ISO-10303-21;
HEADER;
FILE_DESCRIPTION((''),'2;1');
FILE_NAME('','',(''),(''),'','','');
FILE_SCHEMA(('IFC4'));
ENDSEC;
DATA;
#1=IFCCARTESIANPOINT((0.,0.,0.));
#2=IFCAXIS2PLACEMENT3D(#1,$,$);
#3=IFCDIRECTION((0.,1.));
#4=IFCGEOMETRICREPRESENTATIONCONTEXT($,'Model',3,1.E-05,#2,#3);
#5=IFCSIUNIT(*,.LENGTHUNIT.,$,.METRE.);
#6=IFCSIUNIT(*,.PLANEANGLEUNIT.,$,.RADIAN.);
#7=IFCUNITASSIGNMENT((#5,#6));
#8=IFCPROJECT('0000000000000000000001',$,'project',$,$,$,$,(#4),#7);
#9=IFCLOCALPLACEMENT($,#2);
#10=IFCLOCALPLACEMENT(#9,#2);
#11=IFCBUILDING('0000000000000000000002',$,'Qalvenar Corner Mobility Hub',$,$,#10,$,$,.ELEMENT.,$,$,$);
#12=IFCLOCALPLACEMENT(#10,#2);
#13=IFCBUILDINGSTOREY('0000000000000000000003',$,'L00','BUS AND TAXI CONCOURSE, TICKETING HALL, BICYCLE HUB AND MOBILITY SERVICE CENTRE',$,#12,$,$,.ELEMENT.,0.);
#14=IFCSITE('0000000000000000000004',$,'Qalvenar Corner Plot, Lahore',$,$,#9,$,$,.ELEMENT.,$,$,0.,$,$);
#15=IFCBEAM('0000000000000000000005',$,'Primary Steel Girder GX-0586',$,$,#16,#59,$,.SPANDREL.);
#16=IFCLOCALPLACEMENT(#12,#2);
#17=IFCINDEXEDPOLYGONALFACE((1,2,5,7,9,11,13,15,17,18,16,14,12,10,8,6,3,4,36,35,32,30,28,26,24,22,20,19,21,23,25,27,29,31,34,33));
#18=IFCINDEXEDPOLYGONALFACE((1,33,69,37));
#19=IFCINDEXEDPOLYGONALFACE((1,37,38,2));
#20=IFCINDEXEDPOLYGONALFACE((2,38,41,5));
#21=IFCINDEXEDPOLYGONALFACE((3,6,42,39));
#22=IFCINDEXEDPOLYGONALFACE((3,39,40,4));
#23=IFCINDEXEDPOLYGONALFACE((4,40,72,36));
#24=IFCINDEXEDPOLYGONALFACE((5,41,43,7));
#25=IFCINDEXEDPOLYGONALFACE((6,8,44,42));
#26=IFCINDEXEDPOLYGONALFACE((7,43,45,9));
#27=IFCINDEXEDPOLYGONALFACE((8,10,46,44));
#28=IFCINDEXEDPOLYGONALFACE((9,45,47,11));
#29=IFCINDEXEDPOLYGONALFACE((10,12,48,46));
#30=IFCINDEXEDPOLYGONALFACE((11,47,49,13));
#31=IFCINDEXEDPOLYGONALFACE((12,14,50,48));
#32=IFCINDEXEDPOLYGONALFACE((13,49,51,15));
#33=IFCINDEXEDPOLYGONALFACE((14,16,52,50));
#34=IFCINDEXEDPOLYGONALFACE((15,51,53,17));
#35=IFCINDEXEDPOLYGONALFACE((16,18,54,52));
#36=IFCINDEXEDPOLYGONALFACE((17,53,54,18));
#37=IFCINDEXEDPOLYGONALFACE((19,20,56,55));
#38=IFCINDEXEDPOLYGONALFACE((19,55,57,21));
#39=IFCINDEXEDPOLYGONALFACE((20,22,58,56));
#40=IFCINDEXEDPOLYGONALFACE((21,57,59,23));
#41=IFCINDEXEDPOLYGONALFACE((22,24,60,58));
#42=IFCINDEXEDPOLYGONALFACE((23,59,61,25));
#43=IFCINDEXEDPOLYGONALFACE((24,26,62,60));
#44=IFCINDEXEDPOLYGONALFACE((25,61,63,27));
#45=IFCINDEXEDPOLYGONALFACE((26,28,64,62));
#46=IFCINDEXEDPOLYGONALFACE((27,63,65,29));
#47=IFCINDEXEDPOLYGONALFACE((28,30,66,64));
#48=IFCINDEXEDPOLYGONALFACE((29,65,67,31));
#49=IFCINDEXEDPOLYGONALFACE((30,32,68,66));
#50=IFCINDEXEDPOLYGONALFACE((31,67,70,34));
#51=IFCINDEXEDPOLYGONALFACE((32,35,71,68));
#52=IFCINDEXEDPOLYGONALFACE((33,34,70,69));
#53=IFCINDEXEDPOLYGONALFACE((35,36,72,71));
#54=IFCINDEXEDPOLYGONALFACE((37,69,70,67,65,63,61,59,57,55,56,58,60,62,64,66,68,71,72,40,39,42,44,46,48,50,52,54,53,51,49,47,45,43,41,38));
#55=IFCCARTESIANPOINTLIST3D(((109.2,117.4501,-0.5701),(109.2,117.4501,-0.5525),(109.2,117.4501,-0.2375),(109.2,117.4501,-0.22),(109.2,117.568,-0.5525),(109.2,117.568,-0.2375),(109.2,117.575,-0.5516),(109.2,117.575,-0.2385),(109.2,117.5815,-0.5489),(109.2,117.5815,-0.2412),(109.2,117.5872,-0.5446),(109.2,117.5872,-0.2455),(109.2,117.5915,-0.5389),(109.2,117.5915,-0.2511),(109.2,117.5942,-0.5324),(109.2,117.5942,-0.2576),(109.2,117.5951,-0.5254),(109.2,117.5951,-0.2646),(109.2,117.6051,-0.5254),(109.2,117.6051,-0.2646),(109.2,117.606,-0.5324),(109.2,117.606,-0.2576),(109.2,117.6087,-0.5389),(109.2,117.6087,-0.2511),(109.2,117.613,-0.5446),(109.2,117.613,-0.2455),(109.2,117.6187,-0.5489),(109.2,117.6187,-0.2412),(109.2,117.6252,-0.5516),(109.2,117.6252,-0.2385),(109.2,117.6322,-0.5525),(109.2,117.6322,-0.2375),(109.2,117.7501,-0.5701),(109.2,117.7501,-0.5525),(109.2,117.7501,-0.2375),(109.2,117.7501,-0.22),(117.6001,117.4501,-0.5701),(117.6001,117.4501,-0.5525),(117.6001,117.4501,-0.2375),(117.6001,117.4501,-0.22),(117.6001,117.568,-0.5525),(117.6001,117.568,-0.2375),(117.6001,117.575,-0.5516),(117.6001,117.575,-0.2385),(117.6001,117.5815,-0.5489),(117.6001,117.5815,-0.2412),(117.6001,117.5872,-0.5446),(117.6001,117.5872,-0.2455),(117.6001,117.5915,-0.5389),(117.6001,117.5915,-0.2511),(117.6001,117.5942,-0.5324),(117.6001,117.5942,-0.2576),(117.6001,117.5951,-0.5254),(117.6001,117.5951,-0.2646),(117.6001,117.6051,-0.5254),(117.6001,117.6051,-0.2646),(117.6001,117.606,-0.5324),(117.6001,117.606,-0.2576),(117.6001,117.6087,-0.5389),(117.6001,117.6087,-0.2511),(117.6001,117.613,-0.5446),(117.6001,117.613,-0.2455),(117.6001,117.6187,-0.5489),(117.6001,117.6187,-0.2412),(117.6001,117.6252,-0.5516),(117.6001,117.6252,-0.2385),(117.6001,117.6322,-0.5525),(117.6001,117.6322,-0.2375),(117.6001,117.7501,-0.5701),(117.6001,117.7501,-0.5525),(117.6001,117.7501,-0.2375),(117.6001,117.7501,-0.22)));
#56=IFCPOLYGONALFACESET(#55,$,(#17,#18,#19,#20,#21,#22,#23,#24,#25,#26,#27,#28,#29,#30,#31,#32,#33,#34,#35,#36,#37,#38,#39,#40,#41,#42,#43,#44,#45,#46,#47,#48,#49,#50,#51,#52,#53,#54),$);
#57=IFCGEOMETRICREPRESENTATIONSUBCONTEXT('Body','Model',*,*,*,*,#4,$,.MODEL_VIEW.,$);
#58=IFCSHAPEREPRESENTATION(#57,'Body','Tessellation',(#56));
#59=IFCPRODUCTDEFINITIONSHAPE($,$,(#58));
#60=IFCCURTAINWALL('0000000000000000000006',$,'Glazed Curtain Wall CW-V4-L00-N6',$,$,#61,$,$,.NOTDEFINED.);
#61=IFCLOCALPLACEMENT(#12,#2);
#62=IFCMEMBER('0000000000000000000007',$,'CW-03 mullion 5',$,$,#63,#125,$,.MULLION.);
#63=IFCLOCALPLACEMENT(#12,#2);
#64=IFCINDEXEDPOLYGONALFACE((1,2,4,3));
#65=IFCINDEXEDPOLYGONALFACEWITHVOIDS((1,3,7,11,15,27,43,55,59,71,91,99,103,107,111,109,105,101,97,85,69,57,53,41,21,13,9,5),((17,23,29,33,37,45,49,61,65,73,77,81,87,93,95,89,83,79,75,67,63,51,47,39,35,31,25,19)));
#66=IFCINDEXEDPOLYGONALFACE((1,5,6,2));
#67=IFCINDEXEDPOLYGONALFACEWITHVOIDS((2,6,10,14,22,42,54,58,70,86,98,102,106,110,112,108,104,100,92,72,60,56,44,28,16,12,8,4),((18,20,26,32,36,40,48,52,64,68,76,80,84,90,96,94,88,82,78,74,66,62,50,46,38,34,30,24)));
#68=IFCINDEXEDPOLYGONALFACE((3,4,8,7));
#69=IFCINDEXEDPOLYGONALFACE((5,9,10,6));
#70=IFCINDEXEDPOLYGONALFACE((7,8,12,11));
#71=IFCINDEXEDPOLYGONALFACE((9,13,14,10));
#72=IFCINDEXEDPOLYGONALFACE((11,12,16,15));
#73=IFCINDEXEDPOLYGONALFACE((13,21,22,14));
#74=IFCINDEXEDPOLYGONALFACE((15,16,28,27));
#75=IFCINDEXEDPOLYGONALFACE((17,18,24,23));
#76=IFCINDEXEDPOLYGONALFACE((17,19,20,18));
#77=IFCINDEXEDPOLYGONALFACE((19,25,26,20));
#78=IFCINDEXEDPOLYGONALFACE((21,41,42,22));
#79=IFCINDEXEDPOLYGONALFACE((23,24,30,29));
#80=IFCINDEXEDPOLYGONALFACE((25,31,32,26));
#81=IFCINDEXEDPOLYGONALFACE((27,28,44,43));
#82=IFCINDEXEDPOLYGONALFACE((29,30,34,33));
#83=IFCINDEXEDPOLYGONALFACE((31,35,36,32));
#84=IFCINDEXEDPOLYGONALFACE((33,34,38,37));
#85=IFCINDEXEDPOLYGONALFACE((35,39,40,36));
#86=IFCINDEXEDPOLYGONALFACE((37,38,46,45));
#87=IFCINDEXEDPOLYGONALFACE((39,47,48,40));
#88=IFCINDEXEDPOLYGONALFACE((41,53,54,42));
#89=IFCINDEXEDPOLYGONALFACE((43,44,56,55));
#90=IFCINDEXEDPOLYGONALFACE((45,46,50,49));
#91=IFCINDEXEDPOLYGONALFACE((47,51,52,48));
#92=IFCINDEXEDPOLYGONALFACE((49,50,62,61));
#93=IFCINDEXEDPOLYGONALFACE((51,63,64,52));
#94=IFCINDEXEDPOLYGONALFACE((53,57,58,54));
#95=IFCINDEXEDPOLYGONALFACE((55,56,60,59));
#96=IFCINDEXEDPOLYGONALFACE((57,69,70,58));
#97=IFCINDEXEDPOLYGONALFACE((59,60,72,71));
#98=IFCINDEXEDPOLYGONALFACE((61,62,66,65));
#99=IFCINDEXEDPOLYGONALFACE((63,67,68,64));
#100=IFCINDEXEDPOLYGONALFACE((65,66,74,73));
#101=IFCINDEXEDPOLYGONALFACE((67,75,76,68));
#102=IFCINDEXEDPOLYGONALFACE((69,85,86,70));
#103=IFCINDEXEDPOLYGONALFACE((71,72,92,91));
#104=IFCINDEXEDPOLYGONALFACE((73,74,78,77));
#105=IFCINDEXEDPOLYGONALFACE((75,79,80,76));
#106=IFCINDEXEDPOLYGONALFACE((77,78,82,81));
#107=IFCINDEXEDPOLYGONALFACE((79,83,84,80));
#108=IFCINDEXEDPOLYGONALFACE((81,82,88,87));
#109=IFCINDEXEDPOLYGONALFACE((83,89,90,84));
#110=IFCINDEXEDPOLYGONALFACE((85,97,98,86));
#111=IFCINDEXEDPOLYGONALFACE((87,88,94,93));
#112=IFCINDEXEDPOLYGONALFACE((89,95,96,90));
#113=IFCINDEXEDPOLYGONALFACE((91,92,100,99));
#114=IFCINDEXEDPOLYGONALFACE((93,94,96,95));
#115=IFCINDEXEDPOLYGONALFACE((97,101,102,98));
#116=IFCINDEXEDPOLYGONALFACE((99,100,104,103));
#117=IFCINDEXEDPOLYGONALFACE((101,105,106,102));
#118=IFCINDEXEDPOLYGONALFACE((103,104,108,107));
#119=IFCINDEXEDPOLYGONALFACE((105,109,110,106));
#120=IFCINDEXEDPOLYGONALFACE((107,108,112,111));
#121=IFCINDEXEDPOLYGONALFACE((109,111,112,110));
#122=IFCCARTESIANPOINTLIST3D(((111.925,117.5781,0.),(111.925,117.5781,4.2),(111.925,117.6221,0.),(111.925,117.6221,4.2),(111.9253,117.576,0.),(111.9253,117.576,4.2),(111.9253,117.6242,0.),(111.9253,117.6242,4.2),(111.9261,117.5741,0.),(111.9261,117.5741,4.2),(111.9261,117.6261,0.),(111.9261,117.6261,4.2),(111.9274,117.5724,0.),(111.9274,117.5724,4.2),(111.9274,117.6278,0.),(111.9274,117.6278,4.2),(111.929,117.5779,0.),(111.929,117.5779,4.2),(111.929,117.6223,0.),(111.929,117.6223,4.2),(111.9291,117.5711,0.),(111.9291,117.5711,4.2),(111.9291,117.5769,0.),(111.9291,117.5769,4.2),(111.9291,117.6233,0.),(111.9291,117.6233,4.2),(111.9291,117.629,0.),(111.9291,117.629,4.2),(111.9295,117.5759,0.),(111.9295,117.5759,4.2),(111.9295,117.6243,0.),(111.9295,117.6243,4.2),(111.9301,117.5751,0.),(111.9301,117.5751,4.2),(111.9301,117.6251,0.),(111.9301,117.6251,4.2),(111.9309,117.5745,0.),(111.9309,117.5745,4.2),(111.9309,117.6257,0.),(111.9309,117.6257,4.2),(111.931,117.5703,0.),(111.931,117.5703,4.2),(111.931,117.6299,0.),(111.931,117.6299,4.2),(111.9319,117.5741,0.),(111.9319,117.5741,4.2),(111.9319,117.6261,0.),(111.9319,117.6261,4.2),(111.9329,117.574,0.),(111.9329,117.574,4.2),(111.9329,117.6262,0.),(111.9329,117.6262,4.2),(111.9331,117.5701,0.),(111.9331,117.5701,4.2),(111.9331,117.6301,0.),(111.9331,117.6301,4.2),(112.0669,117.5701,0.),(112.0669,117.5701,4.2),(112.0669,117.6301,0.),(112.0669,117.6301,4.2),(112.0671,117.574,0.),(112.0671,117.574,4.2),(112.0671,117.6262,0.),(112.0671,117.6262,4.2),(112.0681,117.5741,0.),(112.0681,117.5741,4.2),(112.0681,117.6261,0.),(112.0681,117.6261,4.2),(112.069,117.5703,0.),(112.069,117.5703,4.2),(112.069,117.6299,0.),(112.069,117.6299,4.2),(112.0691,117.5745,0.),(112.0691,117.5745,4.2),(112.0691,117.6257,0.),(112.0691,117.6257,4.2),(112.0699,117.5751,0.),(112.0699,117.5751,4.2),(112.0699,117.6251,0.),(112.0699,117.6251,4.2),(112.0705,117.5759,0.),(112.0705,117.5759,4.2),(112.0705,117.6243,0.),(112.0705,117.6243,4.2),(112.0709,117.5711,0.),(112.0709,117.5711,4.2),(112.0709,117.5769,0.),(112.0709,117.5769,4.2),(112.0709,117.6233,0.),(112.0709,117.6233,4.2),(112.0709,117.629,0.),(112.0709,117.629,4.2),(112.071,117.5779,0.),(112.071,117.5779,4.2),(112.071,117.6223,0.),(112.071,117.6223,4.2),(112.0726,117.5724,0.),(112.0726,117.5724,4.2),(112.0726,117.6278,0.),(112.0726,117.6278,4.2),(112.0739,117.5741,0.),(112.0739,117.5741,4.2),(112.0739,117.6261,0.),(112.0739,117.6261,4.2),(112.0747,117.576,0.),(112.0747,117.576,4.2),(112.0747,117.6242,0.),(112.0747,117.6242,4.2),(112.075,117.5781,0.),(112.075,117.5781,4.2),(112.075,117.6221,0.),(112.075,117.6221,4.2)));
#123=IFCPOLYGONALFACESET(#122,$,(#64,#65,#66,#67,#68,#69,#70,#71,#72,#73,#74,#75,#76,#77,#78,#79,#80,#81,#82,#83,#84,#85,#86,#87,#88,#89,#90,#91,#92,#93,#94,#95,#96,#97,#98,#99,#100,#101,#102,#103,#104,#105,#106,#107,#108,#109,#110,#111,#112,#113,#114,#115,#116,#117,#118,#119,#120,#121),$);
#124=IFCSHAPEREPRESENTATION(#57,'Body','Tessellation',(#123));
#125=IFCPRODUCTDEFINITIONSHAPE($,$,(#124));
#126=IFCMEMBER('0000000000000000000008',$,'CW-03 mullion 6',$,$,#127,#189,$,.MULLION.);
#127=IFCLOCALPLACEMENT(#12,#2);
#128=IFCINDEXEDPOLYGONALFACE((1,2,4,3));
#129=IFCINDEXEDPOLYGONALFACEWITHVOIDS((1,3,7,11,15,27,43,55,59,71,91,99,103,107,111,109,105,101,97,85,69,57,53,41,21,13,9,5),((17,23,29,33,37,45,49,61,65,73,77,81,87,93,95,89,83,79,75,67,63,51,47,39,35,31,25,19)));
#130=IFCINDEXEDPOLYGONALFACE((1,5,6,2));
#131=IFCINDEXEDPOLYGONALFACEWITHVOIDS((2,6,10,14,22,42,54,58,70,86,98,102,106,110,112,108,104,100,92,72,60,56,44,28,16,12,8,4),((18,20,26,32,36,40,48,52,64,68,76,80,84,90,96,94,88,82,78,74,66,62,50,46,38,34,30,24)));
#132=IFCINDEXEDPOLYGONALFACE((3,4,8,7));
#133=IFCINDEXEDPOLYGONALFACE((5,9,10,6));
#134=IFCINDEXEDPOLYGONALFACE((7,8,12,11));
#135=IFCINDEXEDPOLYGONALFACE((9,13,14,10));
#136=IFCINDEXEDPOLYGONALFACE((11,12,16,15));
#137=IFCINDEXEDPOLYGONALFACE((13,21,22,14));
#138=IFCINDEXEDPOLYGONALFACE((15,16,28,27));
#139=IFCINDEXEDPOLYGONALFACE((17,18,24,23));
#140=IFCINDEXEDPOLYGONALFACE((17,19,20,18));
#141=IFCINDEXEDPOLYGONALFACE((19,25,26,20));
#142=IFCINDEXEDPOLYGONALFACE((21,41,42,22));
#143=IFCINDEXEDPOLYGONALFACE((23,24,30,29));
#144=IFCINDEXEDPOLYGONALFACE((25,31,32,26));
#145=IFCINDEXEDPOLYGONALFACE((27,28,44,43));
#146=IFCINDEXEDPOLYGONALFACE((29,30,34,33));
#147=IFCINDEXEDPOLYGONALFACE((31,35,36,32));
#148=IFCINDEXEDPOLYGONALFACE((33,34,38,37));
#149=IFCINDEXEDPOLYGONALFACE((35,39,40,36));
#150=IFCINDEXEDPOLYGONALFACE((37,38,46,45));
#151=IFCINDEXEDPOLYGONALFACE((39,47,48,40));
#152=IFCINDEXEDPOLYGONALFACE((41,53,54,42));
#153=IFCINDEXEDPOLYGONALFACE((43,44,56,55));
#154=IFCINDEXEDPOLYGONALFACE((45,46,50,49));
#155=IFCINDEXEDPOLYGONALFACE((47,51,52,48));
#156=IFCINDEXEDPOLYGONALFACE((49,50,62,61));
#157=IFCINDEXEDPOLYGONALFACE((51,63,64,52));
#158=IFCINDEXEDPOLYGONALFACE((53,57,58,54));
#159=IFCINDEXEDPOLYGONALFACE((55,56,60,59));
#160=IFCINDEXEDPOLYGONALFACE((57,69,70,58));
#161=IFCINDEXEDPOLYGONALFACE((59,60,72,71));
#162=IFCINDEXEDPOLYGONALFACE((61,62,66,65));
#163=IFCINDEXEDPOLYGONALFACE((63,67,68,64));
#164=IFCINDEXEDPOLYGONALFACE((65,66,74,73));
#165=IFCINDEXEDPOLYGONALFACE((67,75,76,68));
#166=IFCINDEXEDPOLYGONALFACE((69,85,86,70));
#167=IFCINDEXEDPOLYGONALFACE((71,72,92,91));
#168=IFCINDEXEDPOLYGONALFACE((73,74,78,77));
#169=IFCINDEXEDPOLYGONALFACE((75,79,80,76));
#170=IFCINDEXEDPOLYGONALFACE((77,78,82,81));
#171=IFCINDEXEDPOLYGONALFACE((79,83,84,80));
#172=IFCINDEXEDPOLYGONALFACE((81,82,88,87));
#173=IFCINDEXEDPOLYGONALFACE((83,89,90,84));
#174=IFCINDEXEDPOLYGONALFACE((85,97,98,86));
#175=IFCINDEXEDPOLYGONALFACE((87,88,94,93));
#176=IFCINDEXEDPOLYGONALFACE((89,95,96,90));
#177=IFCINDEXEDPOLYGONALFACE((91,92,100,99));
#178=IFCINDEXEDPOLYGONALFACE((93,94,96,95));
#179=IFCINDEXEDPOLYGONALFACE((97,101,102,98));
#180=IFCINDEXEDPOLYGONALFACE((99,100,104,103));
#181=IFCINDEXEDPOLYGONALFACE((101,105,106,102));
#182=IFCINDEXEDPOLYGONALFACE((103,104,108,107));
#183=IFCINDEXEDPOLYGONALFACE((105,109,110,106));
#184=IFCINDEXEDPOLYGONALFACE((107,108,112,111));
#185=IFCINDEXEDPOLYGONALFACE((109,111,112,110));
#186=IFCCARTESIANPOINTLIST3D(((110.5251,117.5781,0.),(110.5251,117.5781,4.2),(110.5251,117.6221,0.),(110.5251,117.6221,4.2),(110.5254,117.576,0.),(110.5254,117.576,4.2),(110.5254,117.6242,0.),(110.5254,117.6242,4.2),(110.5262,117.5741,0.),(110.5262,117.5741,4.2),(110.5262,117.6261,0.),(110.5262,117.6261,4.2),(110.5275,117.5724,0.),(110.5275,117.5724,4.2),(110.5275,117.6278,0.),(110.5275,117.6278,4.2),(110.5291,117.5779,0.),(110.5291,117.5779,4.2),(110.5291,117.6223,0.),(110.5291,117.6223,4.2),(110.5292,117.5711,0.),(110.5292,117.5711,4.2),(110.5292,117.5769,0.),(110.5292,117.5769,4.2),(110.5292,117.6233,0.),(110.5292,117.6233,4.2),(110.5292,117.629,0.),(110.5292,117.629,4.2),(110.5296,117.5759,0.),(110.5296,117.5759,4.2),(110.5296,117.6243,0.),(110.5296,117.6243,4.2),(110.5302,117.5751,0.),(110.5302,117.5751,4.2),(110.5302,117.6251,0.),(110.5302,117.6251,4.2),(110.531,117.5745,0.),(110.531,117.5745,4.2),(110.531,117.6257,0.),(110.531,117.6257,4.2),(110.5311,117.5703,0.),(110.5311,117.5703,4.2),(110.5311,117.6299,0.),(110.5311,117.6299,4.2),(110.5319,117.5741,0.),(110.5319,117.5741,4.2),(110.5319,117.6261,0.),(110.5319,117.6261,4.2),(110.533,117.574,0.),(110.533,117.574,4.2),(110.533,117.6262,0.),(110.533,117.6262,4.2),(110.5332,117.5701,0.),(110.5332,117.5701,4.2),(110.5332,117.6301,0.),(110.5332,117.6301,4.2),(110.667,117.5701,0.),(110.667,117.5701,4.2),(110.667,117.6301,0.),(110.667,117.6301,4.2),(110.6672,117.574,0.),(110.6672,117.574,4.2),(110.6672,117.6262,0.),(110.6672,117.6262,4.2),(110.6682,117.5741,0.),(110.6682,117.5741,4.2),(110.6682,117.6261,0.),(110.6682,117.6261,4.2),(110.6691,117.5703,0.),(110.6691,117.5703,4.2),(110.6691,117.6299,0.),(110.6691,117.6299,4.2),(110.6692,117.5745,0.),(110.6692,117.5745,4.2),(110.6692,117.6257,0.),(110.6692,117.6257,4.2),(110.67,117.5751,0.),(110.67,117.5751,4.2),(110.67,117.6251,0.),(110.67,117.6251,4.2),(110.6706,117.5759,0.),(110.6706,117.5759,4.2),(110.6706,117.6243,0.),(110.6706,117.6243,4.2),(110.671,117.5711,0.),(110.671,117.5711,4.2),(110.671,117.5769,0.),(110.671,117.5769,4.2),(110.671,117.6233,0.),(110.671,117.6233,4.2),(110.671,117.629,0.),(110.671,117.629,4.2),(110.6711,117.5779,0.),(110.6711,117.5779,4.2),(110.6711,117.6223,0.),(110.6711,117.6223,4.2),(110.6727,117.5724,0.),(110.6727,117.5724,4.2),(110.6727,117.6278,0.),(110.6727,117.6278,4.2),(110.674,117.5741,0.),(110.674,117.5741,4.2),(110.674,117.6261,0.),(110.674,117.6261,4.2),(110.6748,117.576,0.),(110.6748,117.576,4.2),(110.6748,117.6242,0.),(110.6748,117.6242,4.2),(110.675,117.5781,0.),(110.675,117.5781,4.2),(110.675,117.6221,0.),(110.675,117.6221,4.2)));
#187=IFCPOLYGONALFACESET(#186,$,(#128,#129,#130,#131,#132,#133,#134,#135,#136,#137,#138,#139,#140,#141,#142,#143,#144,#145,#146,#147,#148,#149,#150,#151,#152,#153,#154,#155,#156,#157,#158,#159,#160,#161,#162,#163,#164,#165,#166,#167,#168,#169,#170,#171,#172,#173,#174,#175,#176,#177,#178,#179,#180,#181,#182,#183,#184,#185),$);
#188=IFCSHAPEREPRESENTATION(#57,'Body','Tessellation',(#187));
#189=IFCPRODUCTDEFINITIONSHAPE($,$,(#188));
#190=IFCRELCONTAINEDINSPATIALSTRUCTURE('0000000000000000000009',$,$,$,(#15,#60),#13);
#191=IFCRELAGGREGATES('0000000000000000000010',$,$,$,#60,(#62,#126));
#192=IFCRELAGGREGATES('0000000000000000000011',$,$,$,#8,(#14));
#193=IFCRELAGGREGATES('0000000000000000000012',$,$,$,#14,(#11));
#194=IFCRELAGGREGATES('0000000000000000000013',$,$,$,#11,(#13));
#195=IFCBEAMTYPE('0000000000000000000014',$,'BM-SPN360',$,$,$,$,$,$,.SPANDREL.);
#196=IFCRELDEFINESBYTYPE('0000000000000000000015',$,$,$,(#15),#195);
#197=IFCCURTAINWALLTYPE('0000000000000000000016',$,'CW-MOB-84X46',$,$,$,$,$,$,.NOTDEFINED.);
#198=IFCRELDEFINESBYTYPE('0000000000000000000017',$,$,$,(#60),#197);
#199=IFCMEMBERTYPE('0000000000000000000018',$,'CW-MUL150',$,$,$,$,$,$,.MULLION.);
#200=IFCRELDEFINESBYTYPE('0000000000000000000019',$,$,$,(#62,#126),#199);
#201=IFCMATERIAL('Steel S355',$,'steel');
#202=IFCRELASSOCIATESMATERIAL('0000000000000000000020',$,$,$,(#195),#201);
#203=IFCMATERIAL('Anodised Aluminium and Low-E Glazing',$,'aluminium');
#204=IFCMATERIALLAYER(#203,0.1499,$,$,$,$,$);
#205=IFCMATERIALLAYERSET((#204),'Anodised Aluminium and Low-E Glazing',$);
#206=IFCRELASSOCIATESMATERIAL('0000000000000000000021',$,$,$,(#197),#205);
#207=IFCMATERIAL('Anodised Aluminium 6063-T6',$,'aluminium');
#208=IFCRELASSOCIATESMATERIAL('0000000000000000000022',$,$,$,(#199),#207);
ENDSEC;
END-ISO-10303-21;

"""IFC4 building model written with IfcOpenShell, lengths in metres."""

from ifc_helpers import new_model, si_unit, direction, frame, origin, origin_2d, place, context, subcontext, project, spatial, hollow_rectangle, i_section, extrude, material, layer, layer_set, material_profile, profile_set, type_object, element, aggregate, save


model = new_model("IFC4")

# Units and contexts
model_context = context("Model", 3, precision=1e-05, world=origin(), true_north=direction((0.0, 1.0)))
body_context = subcontext(model_context, "Body", "Model", "MODEL_VIEW")
ifc_project = project(units=[si_unit("LENGTHUNIT", "METRE"), si_unit("PLANEANGLEUNIT", "RADIAN")], contexts=[model_context])

# Site, building, storey
site_placement = place(None, origin())
site = spatial("IfcSite", under=ifc_project, at=site_placement, Name="Qalvenar Corner Plot, Lahore", CompositionType="ELEMENT", RefElevation=0.0)
building_placement = place(site_placement, origin())
building = spatial("IfcBuilding", under=site, at=building_placement, Name="Qalvenar Corner Mobility Hub", CompositionType="ELEMENT")
storey_placement = place(building_placement, origin())
storey = spatial("IfcBuildingStorey", under=building, at=storey_placement, Name="L00", Description="BUS AND TAXI CONCOURSE, TICKETING HALL, BICYCLE HUB AND MOBILITY SERVICE CENTRE", CompositionType="ELEMENT", Elevation=0.0)

# Beam
ifc_material_1 = material(Name="Steel S355", Category="steel")
ifc_material_profile_1 = material_profile(ifc_material_1, i_section(OverallWidth=0.3, OverallDepth=0.3501, WebThickness=0.01, FlangeThickness=0.0176, FilletRadius=0.0271, at=origin_2d()), Name="HEA360")
ifc_profile_set_1 = profile_set([ifc_material_profile_1], Name="Steel S355")
beam_type_1 = type_object("IfcBeamType", Name="BM-SPN360", PredefinedType="SPANDREL", material=ifc_profile_set_1)
beam_placement = place(storey_placement, frame((109.2, 117.6001, -0.395), z_axis=(1.0, 0.0, 0.0), x_axis=(0.0, 1.0, 0.0)))
element("IfcBeam", 1, at=beam_placement, inside=storey, type_object=beam_type_1, Name="Primary Steel Girder GX-0586", PredefinedType="SPANDREL", context=body_context, shape_type="SweptSolid", body=[
    extrude(i_section(OverallWidth=0.3, OverallDepth=0.3501, WebThickness=0.01, FlangeThickness=0.0176, FilletRadius=0.0271, at=origin_2d()), origin(), (0.0, 0.0, 1.0), 8.4001),
])

# Curtain wall, members
ifc_material_2 = material(Name="Anodised Aluminium and Low-E Glazing", Category="aluminium")
ifc_layer_1 = layer(ifc_material_2, 0.1499)
ifc_layer_set_1 = layer_set([ifc_layer_1], Name="Anodised Aluminium and Low-E Glazing")
curtain_wall_type = type_object("IfcCurtainWallType", Name="CW-MOB-84X46", PredefinedType="NOTDEFINED", material=ifc_layer_set_1)
curtain_wall_placement = place(storey_placement, origin())
curtain_wall = element("IfcCurtainWall", 2, at=curtain_wall_placement, inside=storey, type_object=curtain_wall_type, Name="Glazed Curtain Wall CW-V4-L00-N6", PredefinedType="NOTDEFINED")
ifc_material_3 = material(Name="Anodised Aluminium 6063-T6", Category="aluminium")
ifc_material_profile_2 = material_profile(ifc_material_3, hollow_rectangle(XDim=0.0601, YDim=0.1499, WallThickness=0.0039, InnerFilletRadius=0.0039, OuterFilletRadius=0.0081, at=origin_2d()), Name="RHS150x60x4")
ifc_profile_set_2 = profile_set([ifc_material_profile_2], Name="Anodised Aluminium 6063-T6")
member_type_1 = type_object("IfcMemberType", Name="CW-MUL150", PredefinedType="MULLION", material=ifc_profile_set_2)
member_1_placement = place(storey_placement, frame((112.0, 117.6001, 0.0), z_axis=(0.0, 0.0, 1.0), x_axis=(0.0, -1.0, 0.0)))
member_1 = element("IfcMember", 3, at=member_1_placement, type_object=member_type_1, Name="CW-03 mullion 5", PredefinedType="MULLION", context=body_context, shape_type="SweptSolid", body=[
    extrude(hollow_rectangle(XDim=0.0601, YDim=0.1499, WallThickness=0.0039, InnerFilletRadius=0.0039, OuterFilletRadius=0.0081, at=origin_2d()), origin(), (0.0, 0.0, 1.0), 4.2),
])
member_2_placement = place(storey_placement, frame((110.6001, 117.6001, 0.0), z_axis=(0.0, 0.0, 1.0), x_axis=(0.0, -1.0, 0.0)))
member_2 = element("IfcMember", 4, at=member_2_placement, type_object=member_type_1, Name="CW-03 mullion 6", PredefinedType="MULLION", context=body_context, shape_type="SweptSolid", body=[
    extrude(hollow_rectangle(XDim=0.0601, YDim=0.1499, WallThickness=0.0039, InnerFilletRadius=0.0039, OuterFilletRadius=0.0081, at=origin_2d()), origin(), (0.0, 0.0, 1.0), 4.2),
])
aggregate(curtain_wall, [member_1, member_2])

save(model, "model.ifc")
